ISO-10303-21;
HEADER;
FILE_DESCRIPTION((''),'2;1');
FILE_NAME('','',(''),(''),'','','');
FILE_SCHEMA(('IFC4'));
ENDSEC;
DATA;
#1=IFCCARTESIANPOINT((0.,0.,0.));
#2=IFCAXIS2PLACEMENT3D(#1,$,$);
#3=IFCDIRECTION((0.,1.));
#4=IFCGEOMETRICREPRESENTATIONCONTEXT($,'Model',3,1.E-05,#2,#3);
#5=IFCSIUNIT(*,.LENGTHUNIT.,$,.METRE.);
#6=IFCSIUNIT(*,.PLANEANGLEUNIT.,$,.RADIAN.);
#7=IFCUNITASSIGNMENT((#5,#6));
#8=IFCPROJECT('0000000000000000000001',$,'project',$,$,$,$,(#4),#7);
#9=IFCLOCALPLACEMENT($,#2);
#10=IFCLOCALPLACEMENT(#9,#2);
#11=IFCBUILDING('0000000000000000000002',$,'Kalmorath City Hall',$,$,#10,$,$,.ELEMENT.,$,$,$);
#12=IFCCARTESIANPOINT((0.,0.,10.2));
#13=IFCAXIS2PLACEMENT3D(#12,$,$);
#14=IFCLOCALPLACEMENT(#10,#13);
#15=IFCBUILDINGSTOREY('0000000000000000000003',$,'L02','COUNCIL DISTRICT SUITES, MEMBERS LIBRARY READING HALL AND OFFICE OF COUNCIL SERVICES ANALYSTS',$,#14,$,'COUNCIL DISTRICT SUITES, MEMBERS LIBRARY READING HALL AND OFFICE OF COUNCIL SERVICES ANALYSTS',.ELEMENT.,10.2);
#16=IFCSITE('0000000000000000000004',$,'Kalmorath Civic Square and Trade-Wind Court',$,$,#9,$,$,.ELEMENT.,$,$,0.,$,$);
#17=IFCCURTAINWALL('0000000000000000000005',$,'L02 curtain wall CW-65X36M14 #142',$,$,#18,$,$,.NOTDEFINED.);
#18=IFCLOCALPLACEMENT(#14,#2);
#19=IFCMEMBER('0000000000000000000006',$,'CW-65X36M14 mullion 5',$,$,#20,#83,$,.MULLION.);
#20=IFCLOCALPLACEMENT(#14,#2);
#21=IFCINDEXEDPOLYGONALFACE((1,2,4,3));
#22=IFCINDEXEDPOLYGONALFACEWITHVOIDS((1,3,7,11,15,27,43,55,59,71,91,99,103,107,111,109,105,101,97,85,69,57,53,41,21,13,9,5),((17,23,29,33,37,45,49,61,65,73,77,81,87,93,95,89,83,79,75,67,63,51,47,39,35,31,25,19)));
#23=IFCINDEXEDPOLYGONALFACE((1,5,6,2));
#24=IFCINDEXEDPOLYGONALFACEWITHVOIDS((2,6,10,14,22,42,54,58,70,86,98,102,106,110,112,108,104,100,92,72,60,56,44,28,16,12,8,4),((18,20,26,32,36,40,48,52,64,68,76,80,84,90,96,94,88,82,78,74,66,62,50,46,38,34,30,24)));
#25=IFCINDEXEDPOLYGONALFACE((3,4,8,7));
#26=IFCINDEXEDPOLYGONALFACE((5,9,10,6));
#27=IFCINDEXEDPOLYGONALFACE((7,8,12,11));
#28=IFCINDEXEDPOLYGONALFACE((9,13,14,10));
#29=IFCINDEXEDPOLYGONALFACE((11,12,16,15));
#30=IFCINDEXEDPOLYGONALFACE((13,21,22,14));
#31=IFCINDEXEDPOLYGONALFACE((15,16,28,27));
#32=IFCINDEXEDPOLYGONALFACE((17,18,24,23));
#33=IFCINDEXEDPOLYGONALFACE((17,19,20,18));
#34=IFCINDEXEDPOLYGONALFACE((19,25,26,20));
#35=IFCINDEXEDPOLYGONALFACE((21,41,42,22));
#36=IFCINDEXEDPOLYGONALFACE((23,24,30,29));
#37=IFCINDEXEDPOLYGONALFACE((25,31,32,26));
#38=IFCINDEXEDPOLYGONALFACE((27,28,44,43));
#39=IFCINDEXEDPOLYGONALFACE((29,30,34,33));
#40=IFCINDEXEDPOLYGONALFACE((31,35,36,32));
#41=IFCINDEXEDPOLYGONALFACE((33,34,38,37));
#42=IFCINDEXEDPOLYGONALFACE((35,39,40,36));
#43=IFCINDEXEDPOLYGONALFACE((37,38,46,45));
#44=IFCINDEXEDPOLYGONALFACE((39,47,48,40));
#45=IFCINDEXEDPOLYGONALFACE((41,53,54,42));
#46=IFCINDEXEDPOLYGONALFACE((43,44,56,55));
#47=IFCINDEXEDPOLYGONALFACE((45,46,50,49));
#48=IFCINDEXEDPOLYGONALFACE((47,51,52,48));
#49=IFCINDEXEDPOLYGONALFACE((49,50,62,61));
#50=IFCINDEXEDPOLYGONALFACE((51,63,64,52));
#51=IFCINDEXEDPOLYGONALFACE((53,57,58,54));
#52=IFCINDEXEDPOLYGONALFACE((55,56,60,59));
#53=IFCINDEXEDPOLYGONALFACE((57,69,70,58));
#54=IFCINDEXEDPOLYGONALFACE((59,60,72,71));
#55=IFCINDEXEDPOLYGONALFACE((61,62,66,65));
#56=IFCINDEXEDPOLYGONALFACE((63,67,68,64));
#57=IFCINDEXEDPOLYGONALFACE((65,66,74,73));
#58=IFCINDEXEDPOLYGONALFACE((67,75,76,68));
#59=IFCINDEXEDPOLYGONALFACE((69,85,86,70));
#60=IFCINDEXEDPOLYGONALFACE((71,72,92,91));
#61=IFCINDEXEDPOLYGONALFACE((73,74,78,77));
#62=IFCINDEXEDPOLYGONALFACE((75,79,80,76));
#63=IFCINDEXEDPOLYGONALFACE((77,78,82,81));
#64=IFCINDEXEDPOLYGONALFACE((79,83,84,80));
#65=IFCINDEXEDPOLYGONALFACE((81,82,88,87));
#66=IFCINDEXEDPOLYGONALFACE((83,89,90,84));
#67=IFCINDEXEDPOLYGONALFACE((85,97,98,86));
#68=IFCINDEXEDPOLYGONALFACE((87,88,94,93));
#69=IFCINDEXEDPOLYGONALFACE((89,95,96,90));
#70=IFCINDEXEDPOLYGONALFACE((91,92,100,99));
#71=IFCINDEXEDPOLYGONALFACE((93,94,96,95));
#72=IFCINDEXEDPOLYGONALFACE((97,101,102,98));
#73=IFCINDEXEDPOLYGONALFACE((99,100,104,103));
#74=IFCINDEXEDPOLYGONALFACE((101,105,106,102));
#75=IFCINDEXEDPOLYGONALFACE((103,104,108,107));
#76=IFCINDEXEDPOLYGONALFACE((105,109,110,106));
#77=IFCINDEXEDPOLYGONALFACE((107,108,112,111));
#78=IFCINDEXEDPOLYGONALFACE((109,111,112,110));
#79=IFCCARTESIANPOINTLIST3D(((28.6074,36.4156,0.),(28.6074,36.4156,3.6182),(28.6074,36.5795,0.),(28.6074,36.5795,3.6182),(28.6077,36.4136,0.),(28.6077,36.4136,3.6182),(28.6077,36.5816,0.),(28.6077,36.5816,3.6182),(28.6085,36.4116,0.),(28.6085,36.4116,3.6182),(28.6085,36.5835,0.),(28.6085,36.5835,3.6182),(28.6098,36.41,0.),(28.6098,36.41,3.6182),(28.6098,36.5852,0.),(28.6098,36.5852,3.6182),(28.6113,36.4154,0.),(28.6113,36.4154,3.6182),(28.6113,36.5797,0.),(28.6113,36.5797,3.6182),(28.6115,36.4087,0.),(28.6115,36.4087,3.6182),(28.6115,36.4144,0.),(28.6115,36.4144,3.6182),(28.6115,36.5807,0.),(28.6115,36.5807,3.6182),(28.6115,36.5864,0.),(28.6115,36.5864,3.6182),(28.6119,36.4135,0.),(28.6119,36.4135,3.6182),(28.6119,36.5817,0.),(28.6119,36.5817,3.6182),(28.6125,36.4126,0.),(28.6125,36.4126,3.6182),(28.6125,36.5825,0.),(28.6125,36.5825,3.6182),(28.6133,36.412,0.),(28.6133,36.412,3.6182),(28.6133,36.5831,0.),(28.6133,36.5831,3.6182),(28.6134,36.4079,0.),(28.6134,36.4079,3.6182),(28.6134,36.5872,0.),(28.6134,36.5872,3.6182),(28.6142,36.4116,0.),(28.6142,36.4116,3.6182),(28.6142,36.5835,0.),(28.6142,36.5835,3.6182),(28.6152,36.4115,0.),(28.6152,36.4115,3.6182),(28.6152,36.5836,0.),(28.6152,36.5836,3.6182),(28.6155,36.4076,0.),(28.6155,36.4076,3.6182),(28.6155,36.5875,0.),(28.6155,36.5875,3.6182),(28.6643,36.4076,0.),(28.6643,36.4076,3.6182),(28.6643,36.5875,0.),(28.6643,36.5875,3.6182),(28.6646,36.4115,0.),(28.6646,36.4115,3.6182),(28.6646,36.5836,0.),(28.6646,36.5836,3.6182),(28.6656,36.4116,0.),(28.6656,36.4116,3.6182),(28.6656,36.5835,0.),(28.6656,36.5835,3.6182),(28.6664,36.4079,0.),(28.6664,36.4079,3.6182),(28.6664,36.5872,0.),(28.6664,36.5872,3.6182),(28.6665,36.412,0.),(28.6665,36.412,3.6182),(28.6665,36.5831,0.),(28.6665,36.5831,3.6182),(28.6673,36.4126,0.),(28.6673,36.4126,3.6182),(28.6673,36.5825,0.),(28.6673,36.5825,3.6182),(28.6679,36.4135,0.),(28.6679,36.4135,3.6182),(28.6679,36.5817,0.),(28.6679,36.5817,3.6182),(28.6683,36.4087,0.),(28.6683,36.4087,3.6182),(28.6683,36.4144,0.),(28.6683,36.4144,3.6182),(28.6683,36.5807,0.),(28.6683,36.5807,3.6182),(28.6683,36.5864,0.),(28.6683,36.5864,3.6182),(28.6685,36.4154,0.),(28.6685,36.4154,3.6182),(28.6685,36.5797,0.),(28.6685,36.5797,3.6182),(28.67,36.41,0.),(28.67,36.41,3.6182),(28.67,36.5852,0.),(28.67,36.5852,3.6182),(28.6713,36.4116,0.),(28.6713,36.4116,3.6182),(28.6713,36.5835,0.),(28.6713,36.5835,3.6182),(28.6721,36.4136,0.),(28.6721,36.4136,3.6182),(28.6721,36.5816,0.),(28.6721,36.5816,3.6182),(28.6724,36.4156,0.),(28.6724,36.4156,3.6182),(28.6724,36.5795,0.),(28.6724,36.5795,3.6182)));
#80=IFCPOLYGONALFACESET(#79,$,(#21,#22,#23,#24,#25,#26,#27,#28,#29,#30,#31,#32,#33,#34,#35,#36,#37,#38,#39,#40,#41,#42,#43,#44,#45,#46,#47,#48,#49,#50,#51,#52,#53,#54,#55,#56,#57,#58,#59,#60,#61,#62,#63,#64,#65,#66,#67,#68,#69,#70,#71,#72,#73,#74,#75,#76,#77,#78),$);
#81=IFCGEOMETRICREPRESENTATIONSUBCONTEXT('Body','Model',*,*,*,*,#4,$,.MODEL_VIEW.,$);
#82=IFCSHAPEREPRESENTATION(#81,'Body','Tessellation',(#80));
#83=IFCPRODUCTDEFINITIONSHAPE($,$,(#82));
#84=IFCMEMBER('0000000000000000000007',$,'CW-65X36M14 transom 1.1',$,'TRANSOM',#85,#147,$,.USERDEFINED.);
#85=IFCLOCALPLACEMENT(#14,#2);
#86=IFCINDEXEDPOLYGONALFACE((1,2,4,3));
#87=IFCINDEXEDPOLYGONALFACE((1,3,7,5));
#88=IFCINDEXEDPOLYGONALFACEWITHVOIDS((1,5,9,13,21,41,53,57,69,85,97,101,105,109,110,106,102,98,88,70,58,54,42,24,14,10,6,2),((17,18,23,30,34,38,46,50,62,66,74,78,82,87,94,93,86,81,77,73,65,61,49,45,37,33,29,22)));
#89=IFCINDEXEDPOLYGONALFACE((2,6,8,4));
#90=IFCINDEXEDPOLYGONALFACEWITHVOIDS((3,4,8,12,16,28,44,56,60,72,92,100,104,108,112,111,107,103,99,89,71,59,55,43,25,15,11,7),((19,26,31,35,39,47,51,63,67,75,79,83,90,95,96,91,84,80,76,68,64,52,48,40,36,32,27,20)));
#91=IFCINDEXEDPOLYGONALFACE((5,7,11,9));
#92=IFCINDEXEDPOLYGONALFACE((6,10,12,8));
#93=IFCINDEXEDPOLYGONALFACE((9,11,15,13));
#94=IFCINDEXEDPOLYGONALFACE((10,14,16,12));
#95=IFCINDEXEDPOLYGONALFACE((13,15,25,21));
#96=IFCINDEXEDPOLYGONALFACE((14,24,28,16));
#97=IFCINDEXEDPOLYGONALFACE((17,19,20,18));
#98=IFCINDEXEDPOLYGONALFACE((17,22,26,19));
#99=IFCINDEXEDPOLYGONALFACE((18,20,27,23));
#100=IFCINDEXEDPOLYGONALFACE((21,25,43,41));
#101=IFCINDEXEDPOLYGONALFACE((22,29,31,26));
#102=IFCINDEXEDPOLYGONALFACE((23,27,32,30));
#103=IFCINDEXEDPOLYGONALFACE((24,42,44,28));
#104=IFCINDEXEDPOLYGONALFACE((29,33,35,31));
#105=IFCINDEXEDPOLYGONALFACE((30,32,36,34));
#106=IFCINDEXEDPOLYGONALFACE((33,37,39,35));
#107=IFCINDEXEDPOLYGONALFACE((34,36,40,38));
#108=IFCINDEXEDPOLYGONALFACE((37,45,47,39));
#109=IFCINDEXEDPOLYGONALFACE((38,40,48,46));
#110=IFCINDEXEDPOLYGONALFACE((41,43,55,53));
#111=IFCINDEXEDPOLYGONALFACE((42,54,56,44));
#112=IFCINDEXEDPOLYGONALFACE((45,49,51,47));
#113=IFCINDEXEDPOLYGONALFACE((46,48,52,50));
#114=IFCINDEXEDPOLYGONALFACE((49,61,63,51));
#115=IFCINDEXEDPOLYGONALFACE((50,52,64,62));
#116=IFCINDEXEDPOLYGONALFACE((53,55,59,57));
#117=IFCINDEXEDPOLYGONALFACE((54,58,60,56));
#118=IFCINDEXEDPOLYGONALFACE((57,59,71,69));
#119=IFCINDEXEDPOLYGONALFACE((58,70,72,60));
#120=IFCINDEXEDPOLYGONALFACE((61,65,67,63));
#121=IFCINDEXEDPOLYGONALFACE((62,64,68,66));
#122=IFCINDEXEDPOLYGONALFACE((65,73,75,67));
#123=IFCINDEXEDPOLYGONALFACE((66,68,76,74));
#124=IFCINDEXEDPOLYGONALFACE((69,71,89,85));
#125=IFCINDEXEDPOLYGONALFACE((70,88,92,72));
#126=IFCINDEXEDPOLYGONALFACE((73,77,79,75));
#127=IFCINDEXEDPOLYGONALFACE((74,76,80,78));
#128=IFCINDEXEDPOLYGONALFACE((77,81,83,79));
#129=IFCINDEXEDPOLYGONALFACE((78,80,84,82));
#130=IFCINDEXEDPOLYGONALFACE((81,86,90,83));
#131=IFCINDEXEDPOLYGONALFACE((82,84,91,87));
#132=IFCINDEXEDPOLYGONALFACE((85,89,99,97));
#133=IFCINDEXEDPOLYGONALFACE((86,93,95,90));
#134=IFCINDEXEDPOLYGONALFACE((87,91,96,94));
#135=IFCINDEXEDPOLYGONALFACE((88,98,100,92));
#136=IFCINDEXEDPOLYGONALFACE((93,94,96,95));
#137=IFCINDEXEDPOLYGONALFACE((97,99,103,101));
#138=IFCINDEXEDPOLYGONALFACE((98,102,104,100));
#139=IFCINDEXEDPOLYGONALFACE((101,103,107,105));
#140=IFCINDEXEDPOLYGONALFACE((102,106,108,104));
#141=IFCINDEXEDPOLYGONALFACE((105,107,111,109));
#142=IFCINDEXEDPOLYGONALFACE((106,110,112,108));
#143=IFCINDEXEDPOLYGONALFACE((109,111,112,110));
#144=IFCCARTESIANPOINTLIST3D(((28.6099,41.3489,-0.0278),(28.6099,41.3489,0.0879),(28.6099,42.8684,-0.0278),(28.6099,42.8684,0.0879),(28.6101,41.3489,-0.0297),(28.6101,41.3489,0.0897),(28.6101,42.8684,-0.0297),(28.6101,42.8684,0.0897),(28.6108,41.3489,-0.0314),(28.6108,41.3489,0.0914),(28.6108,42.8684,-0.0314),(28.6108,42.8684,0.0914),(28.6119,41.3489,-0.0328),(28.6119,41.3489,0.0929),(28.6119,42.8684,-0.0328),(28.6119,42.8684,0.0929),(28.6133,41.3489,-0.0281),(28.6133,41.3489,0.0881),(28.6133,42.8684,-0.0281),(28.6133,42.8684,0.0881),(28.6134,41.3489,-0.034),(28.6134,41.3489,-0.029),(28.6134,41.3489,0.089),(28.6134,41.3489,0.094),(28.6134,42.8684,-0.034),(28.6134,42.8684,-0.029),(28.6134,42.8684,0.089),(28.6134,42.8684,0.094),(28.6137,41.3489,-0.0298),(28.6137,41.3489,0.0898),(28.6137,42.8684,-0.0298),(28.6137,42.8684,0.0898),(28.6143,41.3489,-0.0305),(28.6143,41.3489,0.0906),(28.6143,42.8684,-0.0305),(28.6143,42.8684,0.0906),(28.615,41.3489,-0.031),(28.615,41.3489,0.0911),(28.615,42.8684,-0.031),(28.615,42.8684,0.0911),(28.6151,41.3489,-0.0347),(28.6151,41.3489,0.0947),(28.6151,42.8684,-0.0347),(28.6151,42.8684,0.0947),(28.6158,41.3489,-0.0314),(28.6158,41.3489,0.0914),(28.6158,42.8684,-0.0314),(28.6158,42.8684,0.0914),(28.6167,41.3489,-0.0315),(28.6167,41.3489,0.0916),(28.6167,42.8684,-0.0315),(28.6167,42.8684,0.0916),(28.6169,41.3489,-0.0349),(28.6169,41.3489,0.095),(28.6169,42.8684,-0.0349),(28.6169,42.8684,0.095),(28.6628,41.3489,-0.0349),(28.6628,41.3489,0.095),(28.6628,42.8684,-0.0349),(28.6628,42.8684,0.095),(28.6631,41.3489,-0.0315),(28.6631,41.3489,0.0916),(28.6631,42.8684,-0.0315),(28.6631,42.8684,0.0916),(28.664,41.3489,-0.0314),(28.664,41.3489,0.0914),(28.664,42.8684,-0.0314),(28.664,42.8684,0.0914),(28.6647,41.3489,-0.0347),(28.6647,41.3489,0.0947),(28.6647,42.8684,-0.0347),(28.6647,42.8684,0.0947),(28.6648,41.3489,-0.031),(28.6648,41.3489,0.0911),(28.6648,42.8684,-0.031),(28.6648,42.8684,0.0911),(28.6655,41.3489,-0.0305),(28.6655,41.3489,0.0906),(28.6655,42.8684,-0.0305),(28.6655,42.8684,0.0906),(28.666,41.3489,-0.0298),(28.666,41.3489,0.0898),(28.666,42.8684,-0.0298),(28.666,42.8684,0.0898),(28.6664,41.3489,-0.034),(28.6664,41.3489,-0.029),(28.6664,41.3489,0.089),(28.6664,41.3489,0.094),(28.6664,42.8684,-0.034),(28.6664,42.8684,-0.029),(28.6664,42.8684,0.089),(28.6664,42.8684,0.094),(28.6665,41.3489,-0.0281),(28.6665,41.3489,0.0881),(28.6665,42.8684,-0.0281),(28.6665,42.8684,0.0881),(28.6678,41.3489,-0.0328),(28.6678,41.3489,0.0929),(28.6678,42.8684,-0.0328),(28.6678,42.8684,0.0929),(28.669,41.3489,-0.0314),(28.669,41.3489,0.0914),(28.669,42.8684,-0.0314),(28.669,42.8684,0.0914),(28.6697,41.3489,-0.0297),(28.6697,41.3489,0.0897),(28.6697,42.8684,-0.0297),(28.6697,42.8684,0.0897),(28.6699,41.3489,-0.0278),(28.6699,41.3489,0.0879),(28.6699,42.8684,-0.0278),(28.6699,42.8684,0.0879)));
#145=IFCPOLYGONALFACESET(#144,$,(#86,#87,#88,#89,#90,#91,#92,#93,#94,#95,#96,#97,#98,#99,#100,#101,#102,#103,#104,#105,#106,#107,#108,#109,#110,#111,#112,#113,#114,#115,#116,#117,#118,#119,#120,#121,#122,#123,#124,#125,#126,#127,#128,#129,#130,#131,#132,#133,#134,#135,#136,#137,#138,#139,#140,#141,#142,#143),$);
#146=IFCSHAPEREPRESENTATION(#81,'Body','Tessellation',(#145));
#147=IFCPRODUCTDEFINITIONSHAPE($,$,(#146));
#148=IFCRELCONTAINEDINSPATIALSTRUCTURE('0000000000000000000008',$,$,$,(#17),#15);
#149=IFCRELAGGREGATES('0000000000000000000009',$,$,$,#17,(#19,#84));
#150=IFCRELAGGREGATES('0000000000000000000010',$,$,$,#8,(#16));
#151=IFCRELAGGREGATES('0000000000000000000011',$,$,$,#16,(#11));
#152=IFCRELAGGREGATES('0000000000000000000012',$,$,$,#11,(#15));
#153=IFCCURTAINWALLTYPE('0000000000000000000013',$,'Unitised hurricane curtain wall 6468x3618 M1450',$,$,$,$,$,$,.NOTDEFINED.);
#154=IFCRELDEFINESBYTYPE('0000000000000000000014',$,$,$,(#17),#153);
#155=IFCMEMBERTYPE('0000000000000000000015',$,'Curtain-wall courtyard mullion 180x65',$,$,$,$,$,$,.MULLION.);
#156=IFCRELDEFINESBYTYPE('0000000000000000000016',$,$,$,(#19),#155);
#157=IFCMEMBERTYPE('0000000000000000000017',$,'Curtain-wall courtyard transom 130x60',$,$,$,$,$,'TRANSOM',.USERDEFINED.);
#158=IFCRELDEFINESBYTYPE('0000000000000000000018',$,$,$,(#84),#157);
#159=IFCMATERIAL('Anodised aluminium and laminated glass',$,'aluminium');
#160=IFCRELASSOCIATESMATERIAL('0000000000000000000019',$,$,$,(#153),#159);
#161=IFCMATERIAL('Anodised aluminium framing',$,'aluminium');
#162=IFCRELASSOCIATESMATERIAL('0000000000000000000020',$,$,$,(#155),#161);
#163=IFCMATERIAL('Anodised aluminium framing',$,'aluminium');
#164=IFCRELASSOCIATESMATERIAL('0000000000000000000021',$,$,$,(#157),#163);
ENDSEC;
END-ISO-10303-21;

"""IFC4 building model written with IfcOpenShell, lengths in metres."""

from ifc_helpers import new_model, si_unit, direction, frame, origin, origin_2d, place, context, subcontext, project, spatial, hollow_rectangle, extrude, material, material_profile, profile_set, type_object, element, aggregate, save


model = new_model("IFC4")

# Units and contexts
model_context = context("Model", 3, precision=1e-05, world=origin(), true_north=direction((0.0, 1.0)))
body_context = subcontext(model_context, "Body", "Model", "MODEL_VIEW")
ifc_project = project(units=[si_unit("LENGTHUNIT", "METRE"), si_unit("PLANEANGLEUNIT", "RADIAN")], contexts=[model_context])

# Site, building, storey
site_placement = place(None, origin())
site = spatial("IfcSite", under=ifc_project, at=site_placement, Name="Kalmorath Civic Square and Trade-Wind Court", CompositionType="ELEMENT", RefElevation=0.0)
building_placement = place(site_placement, origin())
building = spatial("IfcBuilding", under=site, at=building_placement, Name="Kalmorath City Hall", CompositionType="ELEMENT")
storey_placement = place(building_placement, frame((0.0, 0.0, 10.2)))
storey = spatial("IfcBuildingStorey", under=building, at=storey_placement, Name="L02", Description="COUNCIL DISTRICT SUITES, MEMBERS LIBRARY READING HALL AND OFFICE OF COUNCIL SERVICES ANALYSTS", LongName="COUNCIL DISTRICT SUITES, MEMBERS LIBRARY READING HALL AND OFFICE OF COUNCIL SERVICES ANALYSTS", CompositionType="ELEMENT", Elevation=10.2)

# Curtain wall, members
ifc_material_1 = material(Name="Anodised aluminium and laminated glass", Category="aluminium")
curtain_wall_type = type_object("IfcCurtainWallType", Name="Unitised hurricane curtain wall 6468x3618 M1450", PredefinedType="NOTDEFINED", material=ifc_material_1)
curtain_wall_placement = place(storey_placement, origin())
curtain_wall = element("IfcCurtainWall", 1, at=curtain_wall_placement, inside=storey, type_object=curtain_wall_type, Name="L02 curtain wall CW-65X36M14 #142", PredefinedType="NOTDEFINED")
ifc_material_2 = material(Name="Anodised aluminium framing", Category="aluminium")
ifc_material_profile_1 = material_profile(ifc_material_2, hollow_rectangle(XDim=0.0649, YDim=0.1799, WallThickness=0.0039, InnerFilletRadius=0.0039, OuterFilletRadius=0.0081, at=origin_2d()), Name="ALU-MUL-180X65X4")
ifc_profile_set_1 = profile_set([ifc_material_profile_1], Name="Anodised aluminium framing")
member_type_1 = type_object("IfcMemberType", Name="Curtain-wall courtyard mullion 180x65", PredefinedType="MULLION", material=ifc_profile_set_1)
member_1_placement = place(storey_placement, frame((28.6399, 36.4976, 0.0), z_axis=(0.0, 0.0, 1.0), x_axis=(1.0, 0.0, 0.0)))
member_1 = element("IfcMember", 2, at=member_1_placement, type_object=member_type_1, Name="CW-65X36M14 mullion 5", PredefinedType="MULLION", context=body_context, shape_type="SweptSolid", body=[
    extrude(hollow_rectangle(XDim=0.0649, YDim=0.1799, WallThickness=0.0039, InnerFilletRadius=0.0039, OuterFilletRadius=0.0081, at=origin_2d()), origin(), (0.0, 0.0, 1.0), 3.6182),
])
ifc_material_3 = material(Name="Anodised aluminium framing", Category="aluminium")
ifc_material_profile_2 = material_profile(ifc_material_3, hollow_rectangle(XDim=0.0601, YDim=0.1299, WallThickness=0.0034, InnerFilletRadius=0.0034, OuterFilletRadius=0.0071, at=origin_2d()), Name="ALU-TRN-130X60X3.5")
ifc_profile_set_2 = profile_set([ifc_material_profile_2], Name="Anodised aluminium framing")
member_type_2 = type_object("IfcMemberType", Name="Curtain-wall courtyard transom 130x60", ElementType="TRANSOM", PredefinedType="USERDEFINED", material=ifc_profile_set_2)
member_2_placement = place(storey_placement, frame((28.6399, 42.8684, 0.03), z_axis=(0.0, -1.0, 0.0), x_axis=(1.0, 0.0, 0.0)))
member_2 = element("IfcMember", 3, at=member_2_placement, type_object=member_type_2, Name="CW-65X36M14 transom 1.1", ObjectType="TRANSOM", PredefinedType="USERDEFINED", context=body_context, shape_type="SweptSolid", body=[
    extrude(hollow_rectangle(XDim=0.0601, YDim=0.1299, WallThickness=0.0034, InnerFilletRadius=0.0034, OuterFilletRadius=0.0071, at=origin_2d()), origin(), (0.0, 0.0, 1.0), 1.5195),
])

aggregate(curtain_wall, [member_1, member_2])

save(model, "model.ifc")
